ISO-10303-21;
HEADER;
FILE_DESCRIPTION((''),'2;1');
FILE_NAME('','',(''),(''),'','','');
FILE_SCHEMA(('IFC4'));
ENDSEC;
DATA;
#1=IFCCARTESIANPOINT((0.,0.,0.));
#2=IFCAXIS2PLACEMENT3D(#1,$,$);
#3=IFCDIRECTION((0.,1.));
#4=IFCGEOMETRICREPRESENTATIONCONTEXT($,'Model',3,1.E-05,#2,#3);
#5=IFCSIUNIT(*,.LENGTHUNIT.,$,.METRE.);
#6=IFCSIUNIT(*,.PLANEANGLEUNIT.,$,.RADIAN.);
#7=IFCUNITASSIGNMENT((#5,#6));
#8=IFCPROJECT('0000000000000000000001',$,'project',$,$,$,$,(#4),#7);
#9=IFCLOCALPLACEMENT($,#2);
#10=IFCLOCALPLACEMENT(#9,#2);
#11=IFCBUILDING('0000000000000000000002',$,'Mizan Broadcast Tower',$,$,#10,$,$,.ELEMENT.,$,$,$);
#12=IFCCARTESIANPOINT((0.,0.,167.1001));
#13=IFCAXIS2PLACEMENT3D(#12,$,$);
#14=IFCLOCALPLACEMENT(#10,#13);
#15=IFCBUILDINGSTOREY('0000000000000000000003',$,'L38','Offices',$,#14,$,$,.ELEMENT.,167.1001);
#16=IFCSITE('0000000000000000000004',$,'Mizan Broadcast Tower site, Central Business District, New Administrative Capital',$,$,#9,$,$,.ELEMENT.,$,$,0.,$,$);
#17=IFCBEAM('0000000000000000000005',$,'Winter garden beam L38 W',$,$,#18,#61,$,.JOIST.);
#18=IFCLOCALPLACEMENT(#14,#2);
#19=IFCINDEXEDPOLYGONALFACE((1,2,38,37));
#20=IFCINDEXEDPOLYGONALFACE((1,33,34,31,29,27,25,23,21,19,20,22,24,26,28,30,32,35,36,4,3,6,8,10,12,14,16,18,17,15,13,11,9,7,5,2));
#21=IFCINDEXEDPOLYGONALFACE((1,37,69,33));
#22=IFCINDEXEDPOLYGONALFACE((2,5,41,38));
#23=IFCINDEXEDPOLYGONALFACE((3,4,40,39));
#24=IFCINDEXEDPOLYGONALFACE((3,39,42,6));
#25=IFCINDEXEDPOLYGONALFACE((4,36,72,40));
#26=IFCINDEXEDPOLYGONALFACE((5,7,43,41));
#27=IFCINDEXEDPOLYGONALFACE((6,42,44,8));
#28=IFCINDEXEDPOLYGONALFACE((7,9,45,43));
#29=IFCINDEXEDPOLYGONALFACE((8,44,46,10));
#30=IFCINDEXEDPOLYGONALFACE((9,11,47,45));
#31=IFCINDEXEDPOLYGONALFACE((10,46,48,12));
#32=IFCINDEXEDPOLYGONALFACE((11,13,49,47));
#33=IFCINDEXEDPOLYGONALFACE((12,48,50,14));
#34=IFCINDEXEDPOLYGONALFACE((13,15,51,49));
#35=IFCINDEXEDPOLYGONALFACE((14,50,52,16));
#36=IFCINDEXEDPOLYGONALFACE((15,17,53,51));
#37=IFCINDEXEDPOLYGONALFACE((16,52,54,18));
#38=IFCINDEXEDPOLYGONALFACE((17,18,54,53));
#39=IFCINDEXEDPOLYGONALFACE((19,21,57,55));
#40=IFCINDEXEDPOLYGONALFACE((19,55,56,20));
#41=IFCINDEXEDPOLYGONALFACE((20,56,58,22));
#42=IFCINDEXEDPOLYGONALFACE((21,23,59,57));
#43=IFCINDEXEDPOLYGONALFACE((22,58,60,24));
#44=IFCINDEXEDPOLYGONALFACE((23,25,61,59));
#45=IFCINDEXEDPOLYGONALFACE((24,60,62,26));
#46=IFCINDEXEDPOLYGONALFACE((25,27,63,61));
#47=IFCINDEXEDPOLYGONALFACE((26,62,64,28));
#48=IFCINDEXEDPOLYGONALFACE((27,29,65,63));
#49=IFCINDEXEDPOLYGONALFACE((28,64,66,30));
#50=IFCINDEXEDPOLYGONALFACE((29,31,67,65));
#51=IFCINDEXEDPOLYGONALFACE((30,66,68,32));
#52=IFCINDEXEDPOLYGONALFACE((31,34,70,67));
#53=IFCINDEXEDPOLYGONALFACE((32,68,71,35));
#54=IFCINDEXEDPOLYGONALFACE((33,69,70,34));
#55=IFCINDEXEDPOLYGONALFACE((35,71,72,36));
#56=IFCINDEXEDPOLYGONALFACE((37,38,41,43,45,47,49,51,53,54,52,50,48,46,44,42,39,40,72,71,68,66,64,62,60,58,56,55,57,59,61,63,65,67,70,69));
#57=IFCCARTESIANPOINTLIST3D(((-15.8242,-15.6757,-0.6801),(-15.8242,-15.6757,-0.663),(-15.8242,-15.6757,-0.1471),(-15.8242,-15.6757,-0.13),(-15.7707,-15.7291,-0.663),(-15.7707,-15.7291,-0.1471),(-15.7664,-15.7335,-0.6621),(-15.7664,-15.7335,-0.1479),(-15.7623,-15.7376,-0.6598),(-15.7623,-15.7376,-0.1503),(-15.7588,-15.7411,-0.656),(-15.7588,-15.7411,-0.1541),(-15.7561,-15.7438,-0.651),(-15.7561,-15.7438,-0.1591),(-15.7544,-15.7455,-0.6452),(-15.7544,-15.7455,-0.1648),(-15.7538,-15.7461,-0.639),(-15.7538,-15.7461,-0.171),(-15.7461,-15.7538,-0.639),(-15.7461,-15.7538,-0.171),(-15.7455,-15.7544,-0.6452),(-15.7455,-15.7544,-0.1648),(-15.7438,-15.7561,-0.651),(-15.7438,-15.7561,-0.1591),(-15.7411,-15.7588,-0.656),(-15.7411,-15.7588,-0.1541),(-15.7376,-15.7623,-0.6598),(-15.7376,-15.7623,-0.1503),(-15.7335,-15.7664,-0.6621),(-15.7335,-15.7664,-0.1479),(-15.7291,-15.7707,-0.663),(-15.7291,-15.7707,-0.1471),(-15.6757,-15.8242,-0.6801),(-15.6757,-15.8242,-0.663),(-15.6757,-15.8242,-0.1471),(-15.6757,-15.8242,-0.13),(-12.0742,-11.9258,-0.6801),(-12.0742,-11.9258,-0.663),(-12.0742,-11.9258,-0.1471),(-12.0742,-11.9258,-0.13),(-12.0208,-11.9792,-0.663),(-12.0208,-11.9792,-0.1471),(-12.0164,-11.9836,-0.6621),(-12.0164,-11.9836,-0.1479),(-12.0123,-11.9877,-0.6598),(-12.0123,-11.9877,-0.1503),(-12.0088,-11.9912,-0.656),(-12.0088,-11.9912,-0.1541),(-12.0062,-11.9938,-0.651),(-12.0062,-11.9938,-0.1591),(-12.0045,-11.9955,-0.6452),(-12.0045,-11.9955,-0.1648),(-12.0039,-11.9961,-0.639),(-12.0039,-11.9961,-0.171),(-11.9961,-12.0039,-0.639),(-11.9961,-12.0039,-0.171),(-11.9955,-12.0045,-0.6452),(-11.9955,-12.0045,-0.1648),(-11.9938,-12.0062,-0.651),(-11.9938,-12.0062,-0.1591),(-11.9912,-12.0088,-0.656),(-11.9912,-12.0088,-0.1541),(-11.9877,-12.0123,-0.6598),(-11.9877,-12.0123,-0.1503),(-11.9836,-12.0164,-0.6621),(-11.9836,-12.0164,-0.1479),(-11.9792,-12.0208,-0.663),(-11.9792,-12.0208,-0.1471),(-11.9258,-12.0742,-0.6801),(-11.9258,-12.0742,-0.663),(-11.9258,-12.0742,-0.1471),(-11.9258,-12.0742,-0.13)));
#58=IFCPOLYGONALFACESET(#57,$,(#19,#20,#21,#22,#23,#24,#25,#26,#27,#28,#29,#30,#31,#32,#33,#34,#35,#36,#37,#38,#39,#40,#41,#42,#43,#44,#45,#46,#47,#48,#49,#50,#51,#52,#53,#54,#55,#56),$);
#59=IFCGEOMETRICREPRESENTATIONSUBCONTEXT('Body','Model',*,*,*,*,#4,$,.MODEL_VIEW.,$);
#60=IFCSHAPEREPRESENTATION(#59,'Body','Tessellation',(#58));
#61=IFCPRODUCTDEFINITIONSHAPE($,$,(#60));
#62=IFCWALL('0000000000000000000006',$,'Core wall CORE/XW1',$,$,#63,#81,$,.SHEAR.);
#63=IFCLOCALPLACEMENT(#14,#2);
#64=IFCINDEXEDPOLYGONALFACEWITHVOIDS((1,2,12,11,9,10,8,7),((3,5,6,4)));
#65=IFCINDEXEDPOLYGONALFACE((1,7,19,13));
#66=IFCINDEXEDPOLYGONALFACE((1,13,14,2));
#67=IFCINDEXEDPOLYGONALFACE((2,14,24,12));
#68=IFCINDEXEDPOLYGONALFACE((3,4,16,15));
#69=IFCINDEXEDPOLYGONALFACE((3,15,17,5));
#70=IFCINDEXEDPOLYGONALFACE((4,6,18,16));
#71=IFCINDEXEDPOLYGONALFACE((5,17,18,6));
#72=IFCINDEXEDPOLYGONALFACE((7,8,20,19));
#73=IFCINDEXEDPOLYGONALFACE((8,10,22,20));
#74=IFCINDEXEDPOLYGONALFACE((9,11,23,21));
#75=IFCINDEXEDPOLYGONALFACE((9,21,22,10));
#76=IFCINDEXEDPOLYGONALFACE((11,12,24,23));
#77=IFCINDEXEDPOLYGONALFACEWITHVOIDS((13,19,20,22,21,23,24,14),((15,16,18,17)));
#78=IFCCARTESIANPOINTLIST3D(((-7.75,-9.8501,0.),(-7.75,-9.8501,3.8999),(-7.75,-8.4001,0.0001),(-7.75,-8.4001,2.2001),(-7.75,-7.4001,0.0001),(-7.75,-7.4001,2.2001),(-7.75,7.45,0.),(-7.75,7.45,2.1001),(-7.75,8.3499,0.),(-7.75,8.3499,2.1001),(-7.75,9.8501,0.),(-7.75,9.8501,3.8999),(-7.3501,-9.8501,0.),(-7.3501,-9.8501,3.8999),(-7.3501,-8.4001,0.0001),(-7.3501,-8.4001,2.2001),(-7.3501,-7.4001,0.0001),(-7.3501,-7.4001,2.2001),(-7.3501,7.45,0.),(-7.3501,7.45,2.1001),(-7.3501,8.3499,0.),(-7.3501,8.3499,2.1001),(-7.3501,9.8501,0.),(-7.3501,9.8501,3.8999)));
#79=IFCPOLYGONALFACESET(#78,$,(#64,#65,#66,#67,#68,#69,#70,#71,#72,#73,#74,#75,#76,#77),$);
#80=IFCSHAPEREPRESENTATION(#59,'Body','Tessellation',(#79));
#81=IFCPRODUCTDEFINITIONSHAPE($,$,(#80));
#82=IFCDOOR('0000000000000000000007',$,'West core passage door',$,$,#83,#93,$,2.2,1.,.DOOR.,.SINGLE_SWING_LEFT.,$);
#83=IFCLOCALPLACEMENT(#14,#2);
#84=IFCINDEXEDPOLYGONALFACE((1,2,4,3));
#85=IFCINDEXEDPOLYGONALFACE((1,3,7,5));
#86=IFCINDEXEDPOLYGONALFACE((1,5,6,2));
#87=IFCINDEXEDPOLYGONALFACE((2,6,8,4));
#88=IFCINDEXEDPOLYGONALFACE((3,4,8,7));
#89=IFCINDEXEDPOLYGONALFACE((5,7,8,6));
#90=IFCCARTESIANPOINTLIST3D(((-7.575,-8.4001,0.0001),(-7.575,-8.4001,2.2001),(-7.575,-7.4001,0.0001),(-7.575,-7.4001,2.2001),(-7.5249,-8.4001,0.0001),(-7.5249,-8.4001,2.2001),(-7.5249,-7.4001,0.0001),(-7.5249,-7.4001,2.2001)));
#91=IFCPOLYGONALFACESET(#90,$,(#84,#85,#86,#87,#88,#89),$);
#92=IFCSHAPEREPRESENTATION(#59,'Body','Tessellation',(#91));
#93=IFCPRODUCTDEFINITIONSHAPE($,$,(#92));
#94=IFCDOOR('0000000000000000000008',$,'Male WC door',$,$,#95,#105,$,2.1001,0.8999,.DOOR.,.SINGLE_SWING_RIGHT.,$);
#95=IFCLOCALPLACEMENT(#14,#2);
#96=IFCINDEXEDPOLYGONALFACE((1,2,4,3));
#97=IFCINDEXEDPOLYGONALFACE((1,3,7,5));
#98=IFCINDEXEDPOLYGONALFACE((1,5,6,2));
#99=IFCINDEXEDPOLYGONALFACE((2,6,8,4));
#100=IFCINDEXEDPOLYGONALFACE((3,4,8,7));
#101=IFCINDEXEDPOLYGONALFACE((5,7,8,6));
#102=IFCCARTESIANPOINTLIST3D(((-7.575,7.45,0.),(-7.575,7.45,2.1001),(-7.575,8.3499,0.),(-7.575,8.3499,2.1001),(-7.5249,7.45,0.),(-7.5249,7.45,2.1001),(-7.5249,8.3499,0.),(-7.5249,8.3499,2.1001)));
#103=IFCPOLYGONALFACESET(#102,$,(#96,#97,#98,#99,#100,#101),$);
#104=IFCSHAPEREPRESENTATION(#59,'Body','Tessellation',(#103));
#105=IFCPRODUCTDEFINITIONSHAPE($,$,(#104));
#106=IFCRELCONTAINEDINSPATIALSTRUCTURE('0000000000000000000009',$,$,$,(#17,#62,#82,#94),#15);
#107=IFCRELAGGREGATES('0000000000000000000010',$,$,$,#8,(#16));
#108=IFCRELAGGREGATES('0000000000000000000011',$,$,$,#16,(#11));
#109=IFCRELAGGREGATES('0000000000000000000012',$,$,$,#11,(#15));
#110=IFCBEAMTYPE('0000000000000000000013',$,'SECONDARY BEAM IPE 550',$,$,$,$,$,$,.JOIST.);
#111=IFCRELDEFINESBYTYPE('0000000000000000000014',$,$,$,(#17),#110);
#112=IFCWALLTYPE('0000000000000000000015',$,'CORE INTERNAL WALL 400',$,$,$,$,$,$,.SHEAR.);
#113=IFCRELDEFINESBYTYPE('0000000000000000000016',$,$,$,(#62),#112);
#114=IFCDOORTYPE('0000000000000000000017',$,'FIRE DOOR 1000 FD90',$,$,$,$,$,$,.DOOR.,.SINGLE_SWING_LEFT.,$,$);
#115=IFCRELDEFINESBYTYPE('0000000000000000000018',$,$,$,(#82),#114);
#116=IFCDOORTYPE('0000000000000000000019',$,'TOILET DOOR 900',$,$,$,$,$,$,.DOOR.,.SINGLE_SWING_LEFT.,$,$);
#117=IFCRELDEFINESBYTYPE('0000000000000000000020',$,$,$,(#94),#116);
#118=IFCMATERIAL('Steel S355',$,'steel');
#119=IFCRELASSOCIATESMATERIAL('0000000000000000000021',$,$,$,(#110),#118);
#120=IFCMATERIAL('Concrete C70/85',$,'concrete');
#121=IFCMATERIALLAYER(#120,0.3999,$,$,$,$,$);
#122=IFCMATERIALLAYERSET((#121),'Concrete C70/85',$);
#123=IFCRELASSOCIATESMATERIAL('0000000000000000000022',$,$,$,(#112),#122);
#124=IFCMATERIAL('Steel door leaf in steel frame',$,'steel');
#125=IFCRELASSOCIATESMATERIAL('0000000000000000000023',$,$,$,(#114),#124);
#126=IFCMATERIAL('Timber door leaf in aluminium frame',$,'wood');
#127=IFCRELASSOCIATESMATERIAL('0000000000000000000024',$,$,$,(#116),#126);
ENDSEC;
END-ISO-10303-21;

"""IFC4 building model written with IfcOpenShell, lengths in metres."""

from ifc_helpers import new_model, si_unit, direction, frame, frame_2d, origin, origin_2d, place, context, subcontext, project, spatial, rectangle, i_section, extrude, material, layer, layer_set, material_profile, profile_set, type_object, element, fill, save


model = new_model("IFC4")

# Units and contexts
model_context = context("Model", 3, precision=1e-05, world=origin(), true_north=direction((0.0, 1.0)))
body_context = subcontext(model_context, "Body", "Model", "MODEL_VIEW")
ifc_project = project(units=[si_unit("LENGTHUNIT", "METRE"), si_unit("PLANEANGLEUNIT", "RADIAN")], contexts=[model_context])

# Site, building, storey
site_placement = place(None, origin())
site = spatial("IfcSite", under=ifc_project, at=site_placement, Name="Mizan Broadcast Tower site, Central Business District, New Administrative Capital", CompositionType="ELEMENT", RefElevation=0.0)
building_placement = place(site_placement, origin())
building = spatial("IfcBuilding", under=site, at=building_placement, Name="Mizan Broadcast Tower", CompositionType="ELEMENT")
storey_placement = place(building_placement, frame((0.0, 0.0, 167.1001)))
storey = spatial("IfcBuildingStorey", under=building, at=storey_placement, Name="L38", Description="Offices", CompositionType="ELEMENT", Elevation=167.1001)

# Beam
ifc_material_1 = material(Name="Steel S355", Category="steel")
ifc_material_profile_1 = material_profile(ifc_material_1, i_section(OverallWidth=0.21, OverallDepth=0.55, WebThickness=0.011, FlangeThickness=0.0171, FilletRadius=0.0239, at=origin_2d()), Name="IPE 550")
ifc_profile_set_1 = profile_set([ifc_material_profile_1], Name="Steel S355")
beam_type_1 = type_object("IfcBeamType", Name="SECONDARY BEAM IPE 550", PredefinedType="JOIST", material=ifc_profile_set_1)
beam_1_placement = place(storey_placement, frame((-12.0, -12.0, -0.405), z_axis=(-0.707107, -0.707107, 0.0), x_axis=(0.707107, -0.707107, 0.0)))
element("IfcBeam", 1, at=beam_1_placement, inside=storey, type_object=beam_type_1, Name="Winter garden beam L38 W", PredefinedType="JOIST", context=body_context, shape_type="SweptSolid", body=[
    extrude(i_section(OverallWidth=0.21, OverallDepth=0.55, WebThickness=0.011, FlangeThickness=0.0171, FilletRadius=0.0239, at=origin_2d()), origin(), (0.0, 0.0, 1.0), 5.3032),
])

# Wall, openings, doors
ifc_material_2 = material(Name="Concrete C70/85", Category="concrete")
ifc_layer_1 = layer(ifc_material_2, 0.3999)
ifc_layer_set_1 = layer_set([ifc_layer_1], Name="Concrete C70/85")
wall_type_1 = type_object("IfcWallType", Name="CORE INTERNAL WALL 400", PredefinedType="SHEAR", material=ifc_layer_set_1)
wall_1_placement = place(storey_placement, frame((-7.55, -9.8501, 0.0), z_axis=(0.0, 0.0, 1.0), x_axis=(0.0, 1.0, 0.0)))
wall_1 = element("IfcWall", 2, at=wall_1_placement, inside=storey, type_object=wall_type_1, Name="Core wall CORE/XW1", PredefinedType="SHEAR", context=body_context, shape_type="SweptSolid", body=[
    extrude(rectangle(XDim=19.7002, YDim=0.3999, at=frame_2d((9.8501, 0.0))), origin(), (0.0, 0.0, 1.0), 3.8999),
])
opening_1_placement = place(wall_1_placement, frame((1.45, 0.0, 0.0)))
opening_1 = element("IfcOpeningElement", 3, at=opening_1_placement, cuts=wall_1, PredefinedType="OPENING", context=body_context, shape_type="SweptSolid", body=[
    extrude(rectangle(XDim=1.0, YDim=2.2, at=frame_2d((0.5, 1.1001))), frame((0.0, 0.21, 0.0), z_axis=(0.0, -1.0, 0.0), x_axis=(1.0, 0.0, 0.0)), (0.0, 0.0, 1.0), 0.4199),
])
opening_2_placement = place(wall_1_placement, frame((17.3, 0.0, 0.0)))
opening_2 = element("IfcOpeningElement", 4, at=opening_2_placement, cuts=wall_1, PredefinedType="OPENING", context=body_context, shape_type="SweptSolid", body=[
    extrude(rectangle(XDim=0.8999, YDim=2.1001, at=frame_2d((0.45, 1.05))), frame((0.0, 0.21, 0.0), z_axis=(0.0, -1.0, 0.0), x_axis=(1.0, 0.0, 0.0)), (0.0, 0.0, 1.0), 0.4199),
])
ifc_material_3 = material(Name="Steel door leaf in steel frame", Category="steel")
door_type_1 = type_object("IfcDoorType", Name="FIRE DOOR 1000 FD90", OperationType="SINGLE_SWING_LEFT", PredefinedType="DOOR", material=ifc_material_3)
door_1_placement = place(opening_1_placement, origin())
door_1 = element("IfcDoor", 5, at=door_1_placement, inside=storey, type_object=door_type_1, Name="West core passage door", OperationType="SINGLE_SWING_LEFT", OverallHeight=2.2, OverallWidth=1.0, PredefinedType="DOOR", context=body_context, shape_type="SweptSolid", body=[
    extrude(rectangle(XDim=1.0, YDim=2.2, at=frame_2d((0.5, 1.1001))), frame((0.0, 0.0249, 0.0), z_axis=(0.0, -1.0, 0.0), x_axis=(1.0, 0.0, 0.0)), (0.0, 0.0, 1.0), 0.05),
])
fill(opening_1, door_1)
ifc_material_4 = material(Name="Timber door leaf in aluminium frame", Category="wood")
door_type_2 = type_object("IfcDoorType", Name="TOILET DOOR 900", OperationType="SINGLE_SWING_LEFT", PredefinedType="DOOR", material=ifc_material_4)
door_2_placement = place(opening_2_placement, origin())
door_2 = element("IfcDoor", 6, at=door_2_placement, inside=storey, type_object=door_type_2, Name="Male WC door", OperationType="SINGLE_SWING_RIGHT", OverallHeight=2.1001, OverallWidth=0.8999, PredefinedType="DOOR", context=body_context, shape_type="SweptSolid", body=[
    extrude(rectangle(XDim=0.8999, YDim=2.1001, at=frame_2d((0.45, 1.05))), frame((0.0, 0.0249, 0.0), z_axis=(0.0, -1.0, 0.0), x_axis=(1.0, 0.0, 0.0)), (0.0, 0.0, 1.0), 0.05),
])
fill(opening_2, door_2)

save(model, "model.ifc")
